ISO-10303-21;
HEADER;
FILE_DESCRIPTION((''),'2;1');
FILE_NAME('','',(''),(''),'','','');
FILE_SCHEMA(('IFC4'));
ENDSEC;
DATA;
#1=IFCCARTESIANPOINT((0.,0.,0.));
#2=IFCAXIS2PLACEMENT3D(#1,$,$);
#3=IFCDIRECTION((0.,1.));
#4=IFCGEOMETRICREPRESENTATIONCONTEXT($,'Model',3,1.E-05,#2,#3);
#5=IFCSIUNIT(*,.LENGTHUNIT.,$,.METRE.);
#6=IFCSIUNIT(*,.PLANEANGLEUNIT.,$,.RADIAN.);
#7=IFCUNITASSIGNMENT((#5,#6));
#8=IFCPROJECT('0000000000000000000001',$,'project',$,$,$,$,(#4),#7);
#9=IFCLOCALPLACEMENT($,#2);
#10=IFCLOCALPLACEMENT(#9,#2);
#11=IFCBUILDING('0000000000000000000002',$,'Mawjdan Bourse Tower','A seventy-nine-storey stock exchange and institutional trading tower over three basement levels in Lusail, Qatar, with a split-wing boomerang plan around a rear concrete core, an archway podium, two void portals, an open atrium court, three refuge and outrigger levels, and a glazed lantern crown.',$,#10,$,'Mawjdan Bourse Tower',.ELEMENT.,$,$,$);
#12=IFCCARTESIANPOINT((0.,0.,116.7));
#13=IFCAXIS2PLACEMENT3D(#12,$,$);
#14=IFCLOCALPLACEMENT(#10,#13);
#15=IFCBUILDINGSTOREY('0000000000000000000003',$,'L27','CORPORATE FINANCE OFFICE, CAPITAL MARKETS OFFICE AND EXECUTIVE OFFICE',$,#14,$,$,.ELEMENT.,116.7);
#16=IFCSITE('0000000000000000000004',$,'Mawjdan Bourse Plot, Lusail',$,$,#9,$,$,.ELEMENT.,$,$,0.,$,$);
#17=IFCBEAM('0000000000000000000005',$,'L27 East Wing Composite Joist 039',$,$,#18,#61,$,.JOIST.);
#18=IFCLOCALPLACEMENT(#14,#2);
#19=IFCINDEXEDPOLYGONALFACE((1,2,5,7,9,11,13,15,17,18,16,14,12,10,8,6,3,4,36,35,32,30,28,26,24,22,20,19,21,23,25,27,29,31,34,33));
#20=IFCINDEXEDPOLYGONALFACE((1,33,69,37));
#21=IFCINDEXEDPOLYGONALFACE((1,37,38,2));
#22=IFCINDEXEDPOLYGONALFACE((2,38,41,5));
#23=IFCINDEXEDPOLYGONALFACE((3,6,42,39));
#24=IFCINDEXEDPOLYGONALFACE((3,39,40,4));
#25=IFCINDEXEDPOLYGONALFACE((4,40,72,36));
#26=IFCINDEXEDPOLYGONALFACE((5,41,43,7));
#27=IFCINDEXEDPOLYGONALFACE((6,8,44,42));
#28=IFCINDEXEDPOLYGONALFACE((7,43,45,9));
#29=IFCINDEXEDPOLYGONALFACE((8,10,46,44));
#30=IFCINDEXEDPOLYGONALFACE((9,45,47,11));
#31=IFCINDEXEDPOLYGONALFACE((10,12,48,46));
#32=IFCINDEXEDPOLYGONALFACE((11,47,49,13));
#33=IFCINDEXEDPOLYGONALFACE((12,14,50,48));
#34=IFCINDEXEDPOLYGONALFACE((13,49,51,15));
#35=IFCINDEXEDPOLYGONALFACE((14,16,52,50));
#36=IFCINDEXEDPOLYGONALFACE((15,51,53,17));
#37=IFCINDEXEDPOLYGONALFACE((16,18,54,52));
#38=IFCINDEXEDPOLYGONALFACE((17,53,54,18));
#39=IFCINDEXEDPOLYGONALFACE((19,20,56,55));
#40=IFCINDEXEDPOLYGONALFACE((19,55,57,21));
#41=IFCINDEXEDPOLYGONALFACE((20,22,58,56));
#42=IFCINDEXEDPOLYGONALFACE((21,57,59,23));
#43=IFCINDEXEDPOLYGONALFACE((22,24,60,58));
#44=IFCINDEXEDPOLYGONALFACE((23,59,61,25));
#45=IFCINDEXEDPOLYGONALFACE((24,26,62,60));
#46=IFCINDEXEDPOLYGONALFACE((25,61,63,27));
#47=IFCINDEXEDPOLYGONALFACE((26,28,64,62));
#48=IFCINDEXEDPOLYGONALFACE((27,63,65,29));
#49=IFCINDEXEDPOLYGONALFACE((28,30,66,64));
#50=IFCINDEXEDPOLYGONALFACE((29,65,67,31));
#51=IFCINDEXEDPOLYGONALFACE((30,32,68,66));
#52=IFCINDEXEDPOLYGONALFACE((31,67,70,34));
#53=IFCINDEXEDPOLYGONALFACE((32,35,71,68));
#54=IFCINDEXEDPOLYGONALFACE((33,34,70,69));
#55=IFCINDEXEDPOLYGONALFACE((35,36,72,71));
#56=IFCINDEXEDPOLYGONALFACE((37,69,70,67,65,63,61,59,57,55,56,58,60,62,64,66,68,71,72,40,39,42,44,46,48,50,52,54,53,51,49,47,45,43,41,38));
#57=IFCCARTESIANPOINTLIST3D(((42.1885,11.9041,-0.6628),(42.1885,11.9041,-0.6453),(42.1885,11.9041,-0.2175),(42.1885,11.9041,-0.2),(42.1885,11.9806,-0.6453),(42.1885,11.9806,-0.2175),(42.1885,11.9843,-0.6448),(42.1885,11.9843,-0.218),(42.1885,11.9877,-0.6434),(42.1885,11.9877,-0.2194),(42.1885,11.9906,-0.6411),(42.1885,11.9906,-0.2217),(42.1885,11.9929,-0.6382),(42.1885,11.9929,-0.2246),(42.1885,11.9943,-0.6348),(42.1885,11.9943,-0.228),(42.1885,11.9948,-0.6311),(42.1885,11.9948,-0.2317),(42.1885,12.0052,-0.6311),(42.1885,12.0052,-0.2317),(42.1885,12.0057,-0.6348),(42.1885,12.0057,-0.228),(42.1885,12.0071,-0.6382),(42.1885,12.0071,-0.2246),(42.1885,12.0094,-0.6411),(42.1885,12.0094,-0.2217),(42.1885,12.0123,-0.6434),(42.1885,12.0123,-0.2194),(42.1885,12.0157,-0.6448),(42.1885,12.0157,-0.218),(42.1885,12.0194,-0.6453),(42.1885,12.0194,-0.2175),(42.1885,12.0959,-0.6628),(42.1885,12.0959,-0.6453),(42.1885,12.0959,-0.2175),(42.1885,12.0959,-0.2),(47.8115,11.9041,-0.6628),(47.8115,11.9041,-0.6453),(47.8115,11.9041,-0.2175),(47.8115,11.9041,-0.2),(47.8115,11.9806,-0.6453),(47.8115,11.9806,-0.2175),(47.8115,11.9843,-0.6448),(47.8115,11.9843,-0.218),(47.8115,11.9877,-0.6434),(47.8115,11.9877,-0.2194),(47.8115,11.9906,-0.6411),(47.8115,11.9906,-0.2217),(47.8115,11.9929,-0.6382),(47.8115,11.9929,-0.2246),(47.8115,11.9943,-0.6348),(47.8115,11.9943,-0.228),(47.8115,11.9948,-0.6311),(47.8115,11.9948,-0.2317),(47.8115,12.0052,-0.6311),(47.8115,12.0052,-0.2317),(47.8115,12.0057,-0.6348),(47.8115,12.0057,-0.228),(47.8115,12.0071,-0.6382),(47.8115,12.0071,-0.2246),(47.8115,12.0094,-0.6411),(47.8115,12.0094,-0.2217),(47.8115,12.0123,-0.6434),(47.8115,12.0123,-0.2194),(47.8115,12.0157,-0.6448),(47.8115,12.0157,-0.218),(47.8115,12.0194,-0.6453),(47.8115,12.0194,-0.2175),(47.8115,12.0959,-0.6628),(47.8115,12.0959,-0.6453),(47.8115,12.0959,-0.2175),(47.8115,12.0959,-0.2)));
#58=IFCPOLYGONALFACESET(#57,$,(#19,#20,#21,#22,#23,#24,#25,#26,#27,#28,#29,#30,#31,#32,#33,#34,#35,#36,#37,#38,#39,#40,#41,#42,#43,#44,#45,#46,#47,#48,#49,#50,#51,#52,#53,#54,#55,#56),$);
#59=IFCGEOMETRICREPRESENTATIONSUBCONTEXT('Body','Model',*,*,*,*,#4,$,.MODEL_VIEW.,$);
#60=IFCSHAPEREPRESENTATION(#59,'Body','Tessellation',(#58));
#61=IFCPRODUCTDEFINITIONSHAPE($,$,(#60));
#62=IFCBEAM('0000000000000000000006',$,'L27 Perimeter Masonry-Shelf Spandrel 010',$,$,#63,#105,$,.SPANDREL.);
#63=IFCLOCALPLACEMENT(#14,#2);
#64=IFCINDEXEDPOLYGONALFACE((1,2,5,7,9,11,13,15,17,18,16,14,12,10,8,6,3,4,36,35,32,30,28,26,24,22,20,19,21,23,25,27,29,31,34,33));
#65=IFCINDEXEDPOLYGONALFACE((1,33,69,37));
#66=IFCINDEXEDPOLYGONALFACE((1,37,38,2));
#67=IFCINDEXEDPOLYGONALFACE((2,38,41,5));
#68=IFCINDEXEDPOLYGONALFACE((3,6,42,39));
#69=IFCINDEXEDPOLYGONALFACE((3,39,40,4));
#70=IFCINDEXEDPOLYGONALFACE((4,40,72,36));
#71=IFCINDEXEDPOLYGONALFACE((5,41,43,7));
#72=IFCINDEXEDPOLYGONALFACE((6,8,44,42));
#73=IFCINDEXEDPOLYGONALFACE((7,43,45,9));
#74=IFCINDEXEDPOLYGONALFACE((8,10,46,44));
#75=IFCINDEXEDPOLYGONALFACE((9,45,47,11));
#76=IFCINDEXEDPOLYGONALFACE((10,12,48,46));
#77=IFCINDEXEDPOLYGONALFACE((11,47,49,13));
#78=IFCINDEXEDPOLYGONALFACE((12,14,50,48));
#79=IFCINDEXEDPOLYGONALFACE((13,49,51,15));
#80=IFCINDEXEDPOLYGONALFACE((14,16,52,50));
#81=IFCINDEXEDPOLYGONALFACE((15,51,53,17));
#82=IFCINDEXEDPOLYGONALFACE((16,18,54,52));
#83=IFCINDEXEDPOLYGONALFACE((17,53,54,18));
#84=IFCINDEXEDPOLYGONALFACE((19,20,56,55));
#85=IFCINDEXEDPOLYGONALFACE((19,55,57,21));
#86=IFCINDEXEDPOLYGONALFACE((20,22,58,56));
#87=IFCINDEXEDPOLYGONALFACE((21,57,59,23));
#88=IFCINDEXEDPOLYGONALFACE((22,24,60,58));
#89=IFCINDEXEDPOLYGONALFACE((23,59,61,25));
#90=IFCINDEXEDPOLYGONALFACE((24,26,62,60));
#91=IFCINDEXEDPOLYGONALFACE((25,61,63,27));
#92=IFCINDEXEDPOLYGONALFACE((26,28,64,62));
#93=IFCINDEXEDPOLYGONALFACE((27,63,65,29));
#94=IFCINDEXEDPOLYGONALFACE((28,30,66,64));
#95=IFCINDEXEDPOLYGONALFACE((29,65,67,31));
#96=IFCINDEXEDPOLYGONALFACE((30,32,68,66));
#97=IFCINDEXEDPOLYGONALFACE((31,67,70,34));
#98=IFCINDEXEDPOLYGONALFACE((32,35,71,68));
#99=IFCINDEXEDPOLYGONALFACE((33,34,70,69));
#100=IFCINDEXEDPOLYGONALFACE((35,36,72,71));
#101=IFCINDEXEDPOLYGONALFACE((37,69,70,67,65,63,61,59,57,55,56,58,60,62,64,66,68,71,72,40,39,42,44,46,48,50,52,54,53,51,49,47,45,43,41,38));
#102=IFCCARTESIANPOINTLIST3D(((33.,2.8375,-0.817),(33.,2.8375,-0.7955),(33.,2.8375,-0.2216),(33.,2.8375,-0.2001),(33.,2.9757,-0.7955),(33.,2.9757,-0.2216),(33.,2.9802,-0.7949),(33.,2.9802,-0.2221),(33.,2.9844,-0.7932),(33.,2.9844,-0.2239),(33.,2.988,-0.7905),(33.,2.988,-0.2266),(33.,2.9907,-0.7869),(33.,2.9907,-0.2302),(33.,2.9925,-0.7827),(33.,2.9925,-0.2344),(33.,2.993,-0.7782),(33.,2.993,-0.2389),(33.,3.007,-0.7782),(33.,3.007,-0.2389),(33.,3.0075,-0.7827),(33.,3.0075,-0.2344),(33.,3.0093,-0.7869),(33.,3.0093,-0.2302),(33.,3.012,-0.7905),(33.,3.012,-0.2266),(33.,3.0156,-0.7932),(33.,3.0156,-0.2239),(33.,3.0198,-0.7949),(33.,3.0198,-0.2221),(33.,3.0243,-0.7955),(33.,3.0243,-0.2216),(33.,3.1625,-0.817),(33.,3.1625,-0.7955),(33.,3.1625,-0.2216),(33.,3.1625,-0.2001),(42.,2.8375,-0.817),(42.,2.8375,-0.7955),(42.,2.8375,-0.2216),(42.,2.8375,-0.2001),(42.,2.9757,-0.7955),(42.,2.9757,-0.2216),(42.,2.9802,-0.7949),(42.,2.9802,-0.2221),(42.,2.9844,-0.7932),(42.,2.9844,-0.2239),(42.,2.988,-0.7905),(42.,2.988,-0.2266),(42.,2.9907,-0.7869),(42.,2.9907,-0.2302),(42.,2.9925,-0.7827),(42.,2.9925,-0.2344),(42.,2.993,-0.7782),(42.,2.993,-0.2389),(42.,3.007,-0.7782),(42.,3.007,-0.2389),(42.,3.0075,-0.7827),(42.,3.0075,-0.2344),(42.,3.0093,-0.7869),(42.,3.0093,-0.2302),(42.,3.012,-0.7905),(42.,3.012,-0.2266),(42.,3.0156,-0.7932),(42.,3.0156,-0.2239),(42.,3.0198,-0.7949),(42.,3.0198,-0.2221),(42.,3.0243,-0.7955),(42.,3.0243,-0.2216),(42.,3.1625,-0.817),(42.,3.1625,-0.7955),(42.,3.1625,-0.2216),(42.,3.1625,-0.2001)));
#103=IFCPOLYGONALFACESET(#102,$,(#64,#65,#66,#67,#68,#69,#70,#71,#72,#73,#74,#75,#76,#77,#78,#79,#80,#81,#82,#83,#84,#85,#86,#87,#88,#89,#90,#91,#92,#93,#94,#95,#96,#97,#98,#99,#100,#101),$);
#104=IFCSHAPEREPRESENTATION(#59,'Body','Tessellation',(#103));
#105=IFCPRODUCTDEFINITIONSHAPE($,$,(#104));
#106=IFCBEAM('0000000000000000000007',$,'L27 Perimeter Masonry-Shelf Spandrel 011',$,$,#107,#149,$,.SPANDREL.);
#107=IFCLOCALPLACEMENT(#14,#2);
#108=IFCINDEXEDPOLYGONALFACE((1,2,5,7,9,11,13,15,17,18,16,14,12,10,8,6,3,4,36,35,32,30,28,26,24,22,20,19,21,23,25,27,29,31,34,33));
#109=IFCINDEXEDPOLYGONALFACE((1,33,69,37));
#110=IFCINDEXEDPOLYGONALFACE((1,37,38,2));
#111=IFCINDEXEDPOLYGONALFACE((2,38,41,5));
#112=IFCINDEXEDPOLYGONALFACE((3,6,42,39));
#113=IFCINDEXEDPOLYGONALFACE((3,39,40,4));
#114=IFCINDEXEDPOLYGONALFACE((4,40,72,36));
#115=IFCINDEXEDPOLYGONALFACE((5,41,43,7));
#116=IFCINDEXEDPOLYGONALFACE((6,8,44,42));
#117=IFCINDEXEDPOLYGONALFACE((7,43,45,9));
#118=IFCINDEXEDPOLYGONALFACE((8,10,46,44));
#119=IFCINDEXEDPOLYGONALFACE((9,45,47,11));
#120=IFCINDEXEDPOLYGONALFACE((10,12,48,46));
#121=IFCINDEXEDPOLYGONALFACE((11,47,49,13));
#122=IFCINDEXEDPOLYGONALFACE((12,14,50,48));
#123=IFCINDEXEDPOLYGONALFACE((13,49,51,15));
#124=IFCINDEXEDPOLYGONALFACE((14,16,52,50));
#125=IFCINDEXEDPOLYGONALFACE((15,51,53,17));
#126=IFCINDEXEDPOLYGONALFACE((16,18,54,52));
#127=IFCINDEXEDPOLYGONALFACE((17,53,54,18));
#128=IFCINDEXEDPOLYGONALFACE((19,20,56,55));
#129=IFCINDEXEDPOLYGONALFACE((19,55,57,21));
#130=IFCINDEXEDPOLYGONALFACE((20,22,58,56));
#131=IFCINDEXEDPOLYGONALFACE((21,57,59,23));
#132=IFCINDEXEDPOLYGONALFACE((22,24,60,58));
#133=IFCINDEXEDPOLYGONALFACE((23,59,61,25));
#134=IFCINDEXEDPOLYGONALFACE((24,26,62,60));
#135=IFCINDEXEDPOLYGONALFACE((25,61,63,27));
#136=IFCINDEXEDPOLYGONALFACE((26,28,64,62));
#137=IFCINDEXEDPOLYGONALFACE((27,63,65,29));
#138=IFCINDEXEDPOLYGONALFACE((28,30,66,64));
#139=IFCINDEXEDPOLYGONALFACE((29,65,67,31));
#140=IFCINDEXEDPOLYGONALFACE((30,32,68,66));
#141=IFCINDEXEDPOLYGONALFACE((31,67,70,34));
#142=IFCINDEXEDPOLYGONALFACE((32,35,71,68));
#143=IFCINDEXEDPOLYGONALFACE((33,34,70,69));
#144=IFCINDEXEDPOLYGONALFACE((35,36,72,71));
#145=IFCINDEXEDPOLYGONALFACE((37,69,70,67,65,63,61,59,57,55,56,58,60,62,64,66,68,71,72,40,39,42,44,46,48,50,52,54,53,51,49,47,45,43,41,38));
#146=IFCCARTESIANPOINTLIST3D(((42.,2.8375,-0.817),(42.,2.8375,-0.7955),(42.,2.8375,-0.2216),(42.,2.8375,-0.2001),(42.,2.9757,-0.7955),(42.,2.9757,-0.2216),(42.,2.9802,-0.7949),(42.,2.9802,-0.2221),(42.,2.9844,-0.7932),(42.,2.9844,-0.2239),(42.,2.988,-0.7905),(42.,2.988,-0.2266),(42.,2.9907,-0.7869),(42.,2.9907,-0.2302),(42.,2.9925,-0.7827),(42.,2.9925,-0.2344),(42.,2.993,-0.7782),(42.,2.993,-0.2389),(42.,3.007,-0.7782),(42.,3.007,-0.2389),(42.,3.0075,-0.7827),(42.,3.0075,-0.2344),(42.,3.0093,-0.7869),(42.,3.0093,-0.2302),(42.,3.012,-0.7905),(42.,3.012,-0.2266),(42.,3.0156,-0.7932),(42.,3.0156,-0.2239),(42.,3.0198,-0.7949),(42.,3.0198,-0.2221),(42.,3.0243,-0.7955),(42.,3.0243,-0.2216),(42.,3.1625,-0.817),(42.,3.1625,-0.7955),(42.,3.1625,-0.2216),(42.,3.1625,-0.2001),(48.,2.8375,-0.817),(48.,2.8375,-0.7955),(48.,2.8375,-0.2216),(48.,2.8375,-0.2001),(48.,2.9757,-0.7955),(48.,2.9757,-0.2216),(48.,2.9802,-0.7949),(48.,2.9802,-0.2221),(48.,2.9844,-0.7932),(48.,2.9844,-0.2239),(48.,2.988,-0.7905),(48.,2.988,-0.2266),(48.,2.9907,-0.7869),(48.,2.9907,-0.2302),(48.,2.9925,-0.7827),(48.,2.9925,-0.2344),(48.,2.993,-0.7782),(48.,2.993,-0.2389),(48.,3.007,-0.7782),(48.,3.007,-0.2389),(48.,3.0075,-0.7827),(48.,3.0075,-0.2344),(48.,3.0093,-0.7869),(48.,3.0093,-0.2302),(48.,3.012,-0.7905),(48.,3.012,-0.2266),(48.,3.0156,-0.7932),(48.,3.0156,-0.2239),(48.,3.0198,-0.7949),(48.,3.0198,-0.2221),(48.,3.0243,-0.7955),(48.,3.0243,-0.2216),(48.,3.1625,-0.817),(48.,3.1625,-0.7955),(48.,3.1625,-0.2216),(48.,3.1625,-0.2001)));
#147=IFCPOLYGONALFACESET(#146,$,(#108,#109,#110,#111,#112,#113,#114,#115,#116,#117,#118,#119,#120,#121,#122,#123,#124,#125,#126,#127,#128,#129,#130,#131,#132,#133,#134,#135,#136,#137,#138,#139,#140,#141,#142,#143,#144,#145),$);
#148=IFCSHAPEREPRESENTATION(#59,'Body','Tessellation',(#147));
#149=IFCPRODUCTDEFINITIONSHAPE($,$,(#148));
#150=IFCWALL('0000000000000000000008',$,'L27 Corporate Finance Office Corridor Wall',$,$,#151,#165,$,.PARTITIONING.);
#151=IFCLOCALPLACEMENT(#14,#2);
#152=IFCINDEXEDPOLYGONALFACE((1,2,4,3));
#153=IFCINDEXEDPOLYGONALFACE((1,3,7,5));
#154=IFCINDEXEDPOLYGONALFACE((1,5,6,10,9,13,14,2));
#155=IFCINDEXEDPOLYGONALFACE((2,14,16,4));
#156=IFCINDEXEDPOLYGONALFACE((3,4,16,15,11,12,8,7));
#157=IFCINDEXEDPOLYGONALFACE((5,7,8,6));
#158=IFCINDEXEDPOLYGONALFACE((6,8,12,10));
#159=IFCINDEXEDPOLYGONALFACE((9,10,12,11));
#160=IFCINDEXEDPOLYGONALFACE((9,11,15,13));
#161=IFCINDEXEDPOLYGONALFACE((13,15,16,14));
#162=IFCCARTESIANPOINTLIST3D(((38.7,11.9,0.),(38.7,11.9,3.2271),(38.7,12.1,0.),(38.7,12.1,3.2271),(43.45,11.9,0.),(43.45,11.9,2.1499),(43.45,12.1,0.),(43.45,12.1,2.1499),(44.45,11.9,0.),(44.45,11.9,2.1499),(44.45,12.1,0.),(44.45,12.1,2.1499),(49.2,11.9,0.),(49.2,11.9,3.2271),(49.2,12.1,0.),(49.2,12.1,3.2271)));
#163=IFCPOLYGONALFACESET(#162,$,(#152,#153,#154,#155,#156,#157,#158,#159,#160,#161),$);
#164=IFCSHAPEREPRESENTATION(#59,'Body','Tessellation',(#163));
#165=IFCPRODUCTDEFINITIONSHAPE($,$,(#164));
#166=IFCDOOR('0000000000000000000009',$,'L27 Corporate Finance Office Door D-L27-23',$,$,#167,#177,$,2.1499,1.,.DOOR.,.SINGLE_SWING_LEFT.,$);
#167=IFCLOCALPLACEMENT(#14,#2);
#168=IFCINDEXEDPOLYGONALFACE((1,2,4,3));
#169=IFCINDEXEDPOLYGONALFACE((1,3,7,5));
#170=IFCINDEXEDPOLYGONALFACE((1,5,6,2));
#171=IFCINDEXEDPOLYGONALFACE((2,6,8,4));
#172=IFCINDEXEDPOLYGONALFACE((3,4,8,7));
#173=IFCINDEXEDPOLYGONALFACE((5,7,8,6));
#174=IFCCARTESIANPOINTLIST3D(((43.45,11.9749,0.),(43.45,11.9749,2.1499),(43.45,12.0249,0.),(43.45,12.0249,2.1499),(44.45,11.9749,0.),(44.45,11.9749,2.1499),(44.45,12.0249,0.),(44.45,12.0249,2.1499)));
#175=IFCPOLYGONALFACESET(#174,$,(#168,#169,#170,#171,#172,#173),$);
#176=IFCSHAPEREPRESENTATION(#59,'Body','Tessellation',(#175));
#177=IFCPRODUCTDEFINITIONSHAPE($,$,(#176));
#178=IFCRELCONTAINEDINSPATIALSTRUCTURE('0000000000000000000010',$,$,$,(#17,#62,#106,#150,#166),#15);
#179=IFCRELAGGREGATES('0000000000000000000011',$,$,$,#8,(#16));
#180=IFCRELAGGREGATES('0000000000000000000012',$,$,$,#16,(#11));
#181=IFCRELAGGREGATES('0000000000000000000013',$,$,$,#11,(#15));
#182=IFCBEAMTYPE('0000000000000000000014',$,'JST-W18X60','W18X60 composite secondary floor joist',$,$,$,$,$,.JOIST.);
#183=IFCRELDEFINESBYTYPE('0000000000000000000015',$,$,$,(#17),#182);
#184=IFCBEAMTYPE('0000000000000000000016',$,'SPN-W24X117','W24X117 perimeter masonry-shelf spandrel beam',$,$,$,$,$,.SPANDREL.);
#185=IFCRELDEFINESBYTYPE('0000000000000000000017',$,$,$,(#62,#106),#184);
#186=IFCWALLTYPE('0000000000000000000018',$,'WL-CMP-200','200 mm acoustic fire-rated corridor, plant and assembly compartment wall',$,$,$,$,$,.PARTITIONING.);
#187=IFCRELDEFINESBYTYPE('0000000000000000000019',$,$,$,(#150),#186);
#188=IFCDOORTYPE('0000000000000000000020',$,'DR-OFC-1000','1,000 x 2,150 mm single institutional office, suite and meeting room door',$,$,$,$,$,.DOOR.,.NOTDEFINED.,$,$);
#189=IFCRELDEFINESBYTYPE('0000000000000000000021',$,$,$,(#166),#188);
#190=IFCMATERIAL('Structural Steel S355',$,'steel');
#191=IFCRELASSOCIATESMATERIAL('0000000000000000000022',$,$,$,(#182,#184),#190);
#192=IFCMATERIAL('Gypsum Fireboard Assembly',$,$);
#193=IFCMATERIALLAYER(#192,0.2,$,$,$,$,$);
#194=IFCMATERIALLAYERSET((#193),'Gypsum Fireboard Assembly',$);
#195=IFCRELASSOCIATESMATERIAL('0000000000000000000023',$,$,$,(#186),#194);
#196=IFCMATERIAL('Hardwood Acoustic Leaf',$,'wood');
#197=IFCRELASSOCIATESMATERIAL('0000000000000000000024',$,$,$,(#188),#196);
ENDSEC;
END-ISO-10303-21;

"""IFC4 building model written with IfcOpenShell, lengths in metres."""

from ifc_helpers import new_model, si_unit, direction, frame, frame_2d, origin, origin_2d, place, context, subcontext, project, spatial, rectangle, i_section, extrude, material, layer, layer_set, material_profile, profile_set, type_object, element, fill, save


model = new_model("IFC4")

# Units and contexts
model_context = context("Model", 3, precision=1e-05, world=origin(), true_north=direction((0.0, 1.0)))
body_context = subcontext(model_context, "Body", "Model", "MODEL_VIEW")
ifc_project = project(units=[si_unit("LENGTHUNIT", "METRE"), si_unit("PLANEANGLEUNIT", "RADIAN")], contexts=[model_context])

# Site, building, storey
site_placement = place(None, origin())
site = spatial("IfcSite", under=ifc_project, at=site_placement, Name="Mawjdan Bourse Plot, Lusail", CompositionType="ELEMENT", RefElevation=0.0)
building_placement = place(site_placement, origin())
building = spatial("IfcBuilding", under=site, at=building_placement, Name="Mawjdan Bourse Tower", Description="A seventy-nine-storey stock exchange and institutional trading tower over three basement levels in Lusail, Qatar, with a split-wing boomerang plan around a rear concrete core, an archway podium, two void portals, an open atrium court, three refuge and outrigger levels, and a glazed lantern crown.", LongName="Mawjdan Bourse Tower", CompositionType="ELEMENT")
storey_placement = place(building_placement, frame((0.0, 0.0, 116.7)))
storey = spatial("IfcBuildingStorey", under=building, at=storey_placement, Name="L27", Description="CORPORATE FINANCE OFFICE, CAPITAL MARKETS OFFICE AND EXECUTIVE OFFICE", CompositionType="ELEMENT", Elevation=116.7)

# Beams
ifc_material_1 = material(Name="Structural Steel S355", Category="steel")
ifc_material_profile_1 = material_profile(ifc_material_1, i_section(OverallWidth=0.1919, OverallDepth=0.4629, WebThickness=0.0105, FlangeThickness=0.0176, FilletRadius=0.0142, at=origin_2d()), Name="W18X60")
ifc_profile_set_1 = profile_set([ifc_material_profile_1], Name="Structural Steel S355")
beam_type_1 = type_object("IfcBeamType", Name="JST-W18X60", Description="W18X60 composite secondary floor joist", PredefinedType="JOIST", material=ifc_profile_set_1)
beam_1_placement = place(storey_placement, frame((42.1885, 12.0, -0.4314), z_axis=(1.0, 0.0, 0.0), x_axis=(0.0, 1.0, 0.0)))
element("IfcBeam", 1, at=beam_1_placement, inside=storey, type_object=beam_type_1, Name="L27 East Wing Composite Joist 039", PredefinedType="JOIST", context=body_context, shape_type="SweptSolid", body=[
    extrude(i_section(OverallWidth=0.1919, OverallDepth=0.4629, WebThickness=0.0105, FlangeThickness=0.0176, FilletRadius=0.0142, at=origin_2d()), origin(), (0.0, 0.0, 1.0), 5.623),
])
ifc_material_profile_2 = material_profile(ifc_material_1, i_section(OverallWidth=0.325, OverallDepth=0.6169, WebThickness=0.0139, FlangeThickness=0.0215, FilletRadius=0.0173, at=origin_2d()), Name="W24X117")
ifc_profile_set_2 = profile_set([ifc_material_profile_2], Name="Structural Steel S355")
beam_type_2 = type_object("IfcBeamType", Name="SPN-W24X117", Description="W24X117 perimeter masonry-shelf spandrel beam", PredefinedType="SPANDREL", material=ifc_profile_set_2)
beam_2_placement = place(storey_placement, frame((33.0, 3.0, -0.5085), z_axis=(1.0, 0.0, 0.0), x_axis=(0.0, 1.0, 0.0)))
element("IfcBeam", 2, at=beam_2_placement, inside=storey, type_object=beam_type_2, Name="L27 Perimeter Masonry-Shelf Spandrel 010", PredefinedType="SPANDREL", context=body_context, shape_type="SweptSolid", body=[
    extrude(i_section(OverallWidth=0.325, OverallDepth=0.6169, WebThickness=0.0139, FlangeThickness=0.0215, FilletRadius=0.0173, at=origin_2d()), origin(), (0.0, 0.0, 1.0), 9.0),
])
beam_3_placement = place(storey_placement, frame((42.0, 3.0, -0.5085), z_axis=(1.0, 0.0, 0.0), x_axis=(0.0, 1.0, 0.0)))
element("IfcBeam", 3, at=beam_3_placement, inside=storey, type_object=beam_type_2, Name="L27 Perimeter Masonry-Shelf Spandrel 011", PredefinedType="SPANDREL", context=body_context, shape_type="SweptSolid", body=[
    extrude(i_section(OverallWidth=0.325, OverallDepth=0.6169, WebThickness=0.0139, FlangeThickness=0.0215, FilletRadius=0.0173, at=origin_2d()), origin(), (0.0, 0.0, 1.0), 6.0),
])

# Wall, opening, door
ifc_material_2 = material(Name="Gypsum Fireboard Assembly")
ifc_layer_1 = layer(ifc_material_2, 0.2)
ifc_layer_set_1 = layer_set([ifc_layer_1], Name="Gypsum Fireboard Assembly")
wall_type_1 = type_object("IfcWallType", Name="WL-CMP-200", Description="200 mm acoustic fire-rated corridor, plant and assembly compartment wall", PredefinedType="PARTITIONING", material=ifc_layer_set_1)
wall_1_placement = place(storey_placement, frame((38.7, 12.0, 0.0), z_axis=(0.0, 0.0, 1.0), x_axis=(1.0, 0.0, 0.0)))
wall_1 = element("IfcWall", 4, at=wall_1_placement, inside=storey, type_object=wall_type_1, Name="L27 Corporate Finance Office Corridor Wall", PredefinedType="PARTITIONING", context=body_context, shape_type="SweptSolid", body=[
    extrude(rectangle(XDim=10.5, YDim=0.2, at=frame_2d((5.25, 0.0))), origin(), (0.0, 0.0, 1.0), 3.2271),
])
opening_placement = place(wall_1_placement, frame((4.75, 0.0, 0.0)))
opening = element("IfcOpeningElement", 5, at=opening_placement, cuts=wall_1, PredefinedType="OPENING", context=body_context, shape_type="SweptSolid", body=[
    extrude(rectangle(XDim=1.0, YDim=2.1499, at=frame_2d((0.5, 1.075))), frame((0.0, 0.1099, 0.0), z_axis=(0.0, -1.0, 0.0), x_axis=(1.0, 0.0, 0.0)), (0.0, 0.0, 1.0), 0.22),
])
ifc_material_3 = material(Name="Hardwood Acoustic Leaf", Category="wood")
door_type = type_object("IfcDoorType", Name="DR-OFC-1000", Description="1,000 x 2,150 mm single institutional office, suite and meeting room door", OperationType="NOTDEFINED", PredefinedType="DOOR", material=ifc_material_3)
door_placement = place(opening_placement, origin())
door = element("IfcDoor", 6, at=door_placement, inside=storey, type_object=door_type, Name="L27 Corporate Finance Office Door D-L27-23", OperationType="SINGLE_SWING_LEFT", OverallHeight=2.1499, OverallWidth=1.0, PredefinedType="DOOR", context=body_context, shape_type="SweptSolid", body=[
    extrude(rectangle(XDim=1.0, YDim=2.1499, at=frame_2d((0.5, 1.075))), frame((0.0, 0.0249, 0.0), z_axis=(0.0, -1.0, 0.0), x_axis=(1.0, 0.0, 0.0)), (0.0, 0.0, 1.0), 0.05),
])
fill(opening, door)

save(model, "model.ifc")
